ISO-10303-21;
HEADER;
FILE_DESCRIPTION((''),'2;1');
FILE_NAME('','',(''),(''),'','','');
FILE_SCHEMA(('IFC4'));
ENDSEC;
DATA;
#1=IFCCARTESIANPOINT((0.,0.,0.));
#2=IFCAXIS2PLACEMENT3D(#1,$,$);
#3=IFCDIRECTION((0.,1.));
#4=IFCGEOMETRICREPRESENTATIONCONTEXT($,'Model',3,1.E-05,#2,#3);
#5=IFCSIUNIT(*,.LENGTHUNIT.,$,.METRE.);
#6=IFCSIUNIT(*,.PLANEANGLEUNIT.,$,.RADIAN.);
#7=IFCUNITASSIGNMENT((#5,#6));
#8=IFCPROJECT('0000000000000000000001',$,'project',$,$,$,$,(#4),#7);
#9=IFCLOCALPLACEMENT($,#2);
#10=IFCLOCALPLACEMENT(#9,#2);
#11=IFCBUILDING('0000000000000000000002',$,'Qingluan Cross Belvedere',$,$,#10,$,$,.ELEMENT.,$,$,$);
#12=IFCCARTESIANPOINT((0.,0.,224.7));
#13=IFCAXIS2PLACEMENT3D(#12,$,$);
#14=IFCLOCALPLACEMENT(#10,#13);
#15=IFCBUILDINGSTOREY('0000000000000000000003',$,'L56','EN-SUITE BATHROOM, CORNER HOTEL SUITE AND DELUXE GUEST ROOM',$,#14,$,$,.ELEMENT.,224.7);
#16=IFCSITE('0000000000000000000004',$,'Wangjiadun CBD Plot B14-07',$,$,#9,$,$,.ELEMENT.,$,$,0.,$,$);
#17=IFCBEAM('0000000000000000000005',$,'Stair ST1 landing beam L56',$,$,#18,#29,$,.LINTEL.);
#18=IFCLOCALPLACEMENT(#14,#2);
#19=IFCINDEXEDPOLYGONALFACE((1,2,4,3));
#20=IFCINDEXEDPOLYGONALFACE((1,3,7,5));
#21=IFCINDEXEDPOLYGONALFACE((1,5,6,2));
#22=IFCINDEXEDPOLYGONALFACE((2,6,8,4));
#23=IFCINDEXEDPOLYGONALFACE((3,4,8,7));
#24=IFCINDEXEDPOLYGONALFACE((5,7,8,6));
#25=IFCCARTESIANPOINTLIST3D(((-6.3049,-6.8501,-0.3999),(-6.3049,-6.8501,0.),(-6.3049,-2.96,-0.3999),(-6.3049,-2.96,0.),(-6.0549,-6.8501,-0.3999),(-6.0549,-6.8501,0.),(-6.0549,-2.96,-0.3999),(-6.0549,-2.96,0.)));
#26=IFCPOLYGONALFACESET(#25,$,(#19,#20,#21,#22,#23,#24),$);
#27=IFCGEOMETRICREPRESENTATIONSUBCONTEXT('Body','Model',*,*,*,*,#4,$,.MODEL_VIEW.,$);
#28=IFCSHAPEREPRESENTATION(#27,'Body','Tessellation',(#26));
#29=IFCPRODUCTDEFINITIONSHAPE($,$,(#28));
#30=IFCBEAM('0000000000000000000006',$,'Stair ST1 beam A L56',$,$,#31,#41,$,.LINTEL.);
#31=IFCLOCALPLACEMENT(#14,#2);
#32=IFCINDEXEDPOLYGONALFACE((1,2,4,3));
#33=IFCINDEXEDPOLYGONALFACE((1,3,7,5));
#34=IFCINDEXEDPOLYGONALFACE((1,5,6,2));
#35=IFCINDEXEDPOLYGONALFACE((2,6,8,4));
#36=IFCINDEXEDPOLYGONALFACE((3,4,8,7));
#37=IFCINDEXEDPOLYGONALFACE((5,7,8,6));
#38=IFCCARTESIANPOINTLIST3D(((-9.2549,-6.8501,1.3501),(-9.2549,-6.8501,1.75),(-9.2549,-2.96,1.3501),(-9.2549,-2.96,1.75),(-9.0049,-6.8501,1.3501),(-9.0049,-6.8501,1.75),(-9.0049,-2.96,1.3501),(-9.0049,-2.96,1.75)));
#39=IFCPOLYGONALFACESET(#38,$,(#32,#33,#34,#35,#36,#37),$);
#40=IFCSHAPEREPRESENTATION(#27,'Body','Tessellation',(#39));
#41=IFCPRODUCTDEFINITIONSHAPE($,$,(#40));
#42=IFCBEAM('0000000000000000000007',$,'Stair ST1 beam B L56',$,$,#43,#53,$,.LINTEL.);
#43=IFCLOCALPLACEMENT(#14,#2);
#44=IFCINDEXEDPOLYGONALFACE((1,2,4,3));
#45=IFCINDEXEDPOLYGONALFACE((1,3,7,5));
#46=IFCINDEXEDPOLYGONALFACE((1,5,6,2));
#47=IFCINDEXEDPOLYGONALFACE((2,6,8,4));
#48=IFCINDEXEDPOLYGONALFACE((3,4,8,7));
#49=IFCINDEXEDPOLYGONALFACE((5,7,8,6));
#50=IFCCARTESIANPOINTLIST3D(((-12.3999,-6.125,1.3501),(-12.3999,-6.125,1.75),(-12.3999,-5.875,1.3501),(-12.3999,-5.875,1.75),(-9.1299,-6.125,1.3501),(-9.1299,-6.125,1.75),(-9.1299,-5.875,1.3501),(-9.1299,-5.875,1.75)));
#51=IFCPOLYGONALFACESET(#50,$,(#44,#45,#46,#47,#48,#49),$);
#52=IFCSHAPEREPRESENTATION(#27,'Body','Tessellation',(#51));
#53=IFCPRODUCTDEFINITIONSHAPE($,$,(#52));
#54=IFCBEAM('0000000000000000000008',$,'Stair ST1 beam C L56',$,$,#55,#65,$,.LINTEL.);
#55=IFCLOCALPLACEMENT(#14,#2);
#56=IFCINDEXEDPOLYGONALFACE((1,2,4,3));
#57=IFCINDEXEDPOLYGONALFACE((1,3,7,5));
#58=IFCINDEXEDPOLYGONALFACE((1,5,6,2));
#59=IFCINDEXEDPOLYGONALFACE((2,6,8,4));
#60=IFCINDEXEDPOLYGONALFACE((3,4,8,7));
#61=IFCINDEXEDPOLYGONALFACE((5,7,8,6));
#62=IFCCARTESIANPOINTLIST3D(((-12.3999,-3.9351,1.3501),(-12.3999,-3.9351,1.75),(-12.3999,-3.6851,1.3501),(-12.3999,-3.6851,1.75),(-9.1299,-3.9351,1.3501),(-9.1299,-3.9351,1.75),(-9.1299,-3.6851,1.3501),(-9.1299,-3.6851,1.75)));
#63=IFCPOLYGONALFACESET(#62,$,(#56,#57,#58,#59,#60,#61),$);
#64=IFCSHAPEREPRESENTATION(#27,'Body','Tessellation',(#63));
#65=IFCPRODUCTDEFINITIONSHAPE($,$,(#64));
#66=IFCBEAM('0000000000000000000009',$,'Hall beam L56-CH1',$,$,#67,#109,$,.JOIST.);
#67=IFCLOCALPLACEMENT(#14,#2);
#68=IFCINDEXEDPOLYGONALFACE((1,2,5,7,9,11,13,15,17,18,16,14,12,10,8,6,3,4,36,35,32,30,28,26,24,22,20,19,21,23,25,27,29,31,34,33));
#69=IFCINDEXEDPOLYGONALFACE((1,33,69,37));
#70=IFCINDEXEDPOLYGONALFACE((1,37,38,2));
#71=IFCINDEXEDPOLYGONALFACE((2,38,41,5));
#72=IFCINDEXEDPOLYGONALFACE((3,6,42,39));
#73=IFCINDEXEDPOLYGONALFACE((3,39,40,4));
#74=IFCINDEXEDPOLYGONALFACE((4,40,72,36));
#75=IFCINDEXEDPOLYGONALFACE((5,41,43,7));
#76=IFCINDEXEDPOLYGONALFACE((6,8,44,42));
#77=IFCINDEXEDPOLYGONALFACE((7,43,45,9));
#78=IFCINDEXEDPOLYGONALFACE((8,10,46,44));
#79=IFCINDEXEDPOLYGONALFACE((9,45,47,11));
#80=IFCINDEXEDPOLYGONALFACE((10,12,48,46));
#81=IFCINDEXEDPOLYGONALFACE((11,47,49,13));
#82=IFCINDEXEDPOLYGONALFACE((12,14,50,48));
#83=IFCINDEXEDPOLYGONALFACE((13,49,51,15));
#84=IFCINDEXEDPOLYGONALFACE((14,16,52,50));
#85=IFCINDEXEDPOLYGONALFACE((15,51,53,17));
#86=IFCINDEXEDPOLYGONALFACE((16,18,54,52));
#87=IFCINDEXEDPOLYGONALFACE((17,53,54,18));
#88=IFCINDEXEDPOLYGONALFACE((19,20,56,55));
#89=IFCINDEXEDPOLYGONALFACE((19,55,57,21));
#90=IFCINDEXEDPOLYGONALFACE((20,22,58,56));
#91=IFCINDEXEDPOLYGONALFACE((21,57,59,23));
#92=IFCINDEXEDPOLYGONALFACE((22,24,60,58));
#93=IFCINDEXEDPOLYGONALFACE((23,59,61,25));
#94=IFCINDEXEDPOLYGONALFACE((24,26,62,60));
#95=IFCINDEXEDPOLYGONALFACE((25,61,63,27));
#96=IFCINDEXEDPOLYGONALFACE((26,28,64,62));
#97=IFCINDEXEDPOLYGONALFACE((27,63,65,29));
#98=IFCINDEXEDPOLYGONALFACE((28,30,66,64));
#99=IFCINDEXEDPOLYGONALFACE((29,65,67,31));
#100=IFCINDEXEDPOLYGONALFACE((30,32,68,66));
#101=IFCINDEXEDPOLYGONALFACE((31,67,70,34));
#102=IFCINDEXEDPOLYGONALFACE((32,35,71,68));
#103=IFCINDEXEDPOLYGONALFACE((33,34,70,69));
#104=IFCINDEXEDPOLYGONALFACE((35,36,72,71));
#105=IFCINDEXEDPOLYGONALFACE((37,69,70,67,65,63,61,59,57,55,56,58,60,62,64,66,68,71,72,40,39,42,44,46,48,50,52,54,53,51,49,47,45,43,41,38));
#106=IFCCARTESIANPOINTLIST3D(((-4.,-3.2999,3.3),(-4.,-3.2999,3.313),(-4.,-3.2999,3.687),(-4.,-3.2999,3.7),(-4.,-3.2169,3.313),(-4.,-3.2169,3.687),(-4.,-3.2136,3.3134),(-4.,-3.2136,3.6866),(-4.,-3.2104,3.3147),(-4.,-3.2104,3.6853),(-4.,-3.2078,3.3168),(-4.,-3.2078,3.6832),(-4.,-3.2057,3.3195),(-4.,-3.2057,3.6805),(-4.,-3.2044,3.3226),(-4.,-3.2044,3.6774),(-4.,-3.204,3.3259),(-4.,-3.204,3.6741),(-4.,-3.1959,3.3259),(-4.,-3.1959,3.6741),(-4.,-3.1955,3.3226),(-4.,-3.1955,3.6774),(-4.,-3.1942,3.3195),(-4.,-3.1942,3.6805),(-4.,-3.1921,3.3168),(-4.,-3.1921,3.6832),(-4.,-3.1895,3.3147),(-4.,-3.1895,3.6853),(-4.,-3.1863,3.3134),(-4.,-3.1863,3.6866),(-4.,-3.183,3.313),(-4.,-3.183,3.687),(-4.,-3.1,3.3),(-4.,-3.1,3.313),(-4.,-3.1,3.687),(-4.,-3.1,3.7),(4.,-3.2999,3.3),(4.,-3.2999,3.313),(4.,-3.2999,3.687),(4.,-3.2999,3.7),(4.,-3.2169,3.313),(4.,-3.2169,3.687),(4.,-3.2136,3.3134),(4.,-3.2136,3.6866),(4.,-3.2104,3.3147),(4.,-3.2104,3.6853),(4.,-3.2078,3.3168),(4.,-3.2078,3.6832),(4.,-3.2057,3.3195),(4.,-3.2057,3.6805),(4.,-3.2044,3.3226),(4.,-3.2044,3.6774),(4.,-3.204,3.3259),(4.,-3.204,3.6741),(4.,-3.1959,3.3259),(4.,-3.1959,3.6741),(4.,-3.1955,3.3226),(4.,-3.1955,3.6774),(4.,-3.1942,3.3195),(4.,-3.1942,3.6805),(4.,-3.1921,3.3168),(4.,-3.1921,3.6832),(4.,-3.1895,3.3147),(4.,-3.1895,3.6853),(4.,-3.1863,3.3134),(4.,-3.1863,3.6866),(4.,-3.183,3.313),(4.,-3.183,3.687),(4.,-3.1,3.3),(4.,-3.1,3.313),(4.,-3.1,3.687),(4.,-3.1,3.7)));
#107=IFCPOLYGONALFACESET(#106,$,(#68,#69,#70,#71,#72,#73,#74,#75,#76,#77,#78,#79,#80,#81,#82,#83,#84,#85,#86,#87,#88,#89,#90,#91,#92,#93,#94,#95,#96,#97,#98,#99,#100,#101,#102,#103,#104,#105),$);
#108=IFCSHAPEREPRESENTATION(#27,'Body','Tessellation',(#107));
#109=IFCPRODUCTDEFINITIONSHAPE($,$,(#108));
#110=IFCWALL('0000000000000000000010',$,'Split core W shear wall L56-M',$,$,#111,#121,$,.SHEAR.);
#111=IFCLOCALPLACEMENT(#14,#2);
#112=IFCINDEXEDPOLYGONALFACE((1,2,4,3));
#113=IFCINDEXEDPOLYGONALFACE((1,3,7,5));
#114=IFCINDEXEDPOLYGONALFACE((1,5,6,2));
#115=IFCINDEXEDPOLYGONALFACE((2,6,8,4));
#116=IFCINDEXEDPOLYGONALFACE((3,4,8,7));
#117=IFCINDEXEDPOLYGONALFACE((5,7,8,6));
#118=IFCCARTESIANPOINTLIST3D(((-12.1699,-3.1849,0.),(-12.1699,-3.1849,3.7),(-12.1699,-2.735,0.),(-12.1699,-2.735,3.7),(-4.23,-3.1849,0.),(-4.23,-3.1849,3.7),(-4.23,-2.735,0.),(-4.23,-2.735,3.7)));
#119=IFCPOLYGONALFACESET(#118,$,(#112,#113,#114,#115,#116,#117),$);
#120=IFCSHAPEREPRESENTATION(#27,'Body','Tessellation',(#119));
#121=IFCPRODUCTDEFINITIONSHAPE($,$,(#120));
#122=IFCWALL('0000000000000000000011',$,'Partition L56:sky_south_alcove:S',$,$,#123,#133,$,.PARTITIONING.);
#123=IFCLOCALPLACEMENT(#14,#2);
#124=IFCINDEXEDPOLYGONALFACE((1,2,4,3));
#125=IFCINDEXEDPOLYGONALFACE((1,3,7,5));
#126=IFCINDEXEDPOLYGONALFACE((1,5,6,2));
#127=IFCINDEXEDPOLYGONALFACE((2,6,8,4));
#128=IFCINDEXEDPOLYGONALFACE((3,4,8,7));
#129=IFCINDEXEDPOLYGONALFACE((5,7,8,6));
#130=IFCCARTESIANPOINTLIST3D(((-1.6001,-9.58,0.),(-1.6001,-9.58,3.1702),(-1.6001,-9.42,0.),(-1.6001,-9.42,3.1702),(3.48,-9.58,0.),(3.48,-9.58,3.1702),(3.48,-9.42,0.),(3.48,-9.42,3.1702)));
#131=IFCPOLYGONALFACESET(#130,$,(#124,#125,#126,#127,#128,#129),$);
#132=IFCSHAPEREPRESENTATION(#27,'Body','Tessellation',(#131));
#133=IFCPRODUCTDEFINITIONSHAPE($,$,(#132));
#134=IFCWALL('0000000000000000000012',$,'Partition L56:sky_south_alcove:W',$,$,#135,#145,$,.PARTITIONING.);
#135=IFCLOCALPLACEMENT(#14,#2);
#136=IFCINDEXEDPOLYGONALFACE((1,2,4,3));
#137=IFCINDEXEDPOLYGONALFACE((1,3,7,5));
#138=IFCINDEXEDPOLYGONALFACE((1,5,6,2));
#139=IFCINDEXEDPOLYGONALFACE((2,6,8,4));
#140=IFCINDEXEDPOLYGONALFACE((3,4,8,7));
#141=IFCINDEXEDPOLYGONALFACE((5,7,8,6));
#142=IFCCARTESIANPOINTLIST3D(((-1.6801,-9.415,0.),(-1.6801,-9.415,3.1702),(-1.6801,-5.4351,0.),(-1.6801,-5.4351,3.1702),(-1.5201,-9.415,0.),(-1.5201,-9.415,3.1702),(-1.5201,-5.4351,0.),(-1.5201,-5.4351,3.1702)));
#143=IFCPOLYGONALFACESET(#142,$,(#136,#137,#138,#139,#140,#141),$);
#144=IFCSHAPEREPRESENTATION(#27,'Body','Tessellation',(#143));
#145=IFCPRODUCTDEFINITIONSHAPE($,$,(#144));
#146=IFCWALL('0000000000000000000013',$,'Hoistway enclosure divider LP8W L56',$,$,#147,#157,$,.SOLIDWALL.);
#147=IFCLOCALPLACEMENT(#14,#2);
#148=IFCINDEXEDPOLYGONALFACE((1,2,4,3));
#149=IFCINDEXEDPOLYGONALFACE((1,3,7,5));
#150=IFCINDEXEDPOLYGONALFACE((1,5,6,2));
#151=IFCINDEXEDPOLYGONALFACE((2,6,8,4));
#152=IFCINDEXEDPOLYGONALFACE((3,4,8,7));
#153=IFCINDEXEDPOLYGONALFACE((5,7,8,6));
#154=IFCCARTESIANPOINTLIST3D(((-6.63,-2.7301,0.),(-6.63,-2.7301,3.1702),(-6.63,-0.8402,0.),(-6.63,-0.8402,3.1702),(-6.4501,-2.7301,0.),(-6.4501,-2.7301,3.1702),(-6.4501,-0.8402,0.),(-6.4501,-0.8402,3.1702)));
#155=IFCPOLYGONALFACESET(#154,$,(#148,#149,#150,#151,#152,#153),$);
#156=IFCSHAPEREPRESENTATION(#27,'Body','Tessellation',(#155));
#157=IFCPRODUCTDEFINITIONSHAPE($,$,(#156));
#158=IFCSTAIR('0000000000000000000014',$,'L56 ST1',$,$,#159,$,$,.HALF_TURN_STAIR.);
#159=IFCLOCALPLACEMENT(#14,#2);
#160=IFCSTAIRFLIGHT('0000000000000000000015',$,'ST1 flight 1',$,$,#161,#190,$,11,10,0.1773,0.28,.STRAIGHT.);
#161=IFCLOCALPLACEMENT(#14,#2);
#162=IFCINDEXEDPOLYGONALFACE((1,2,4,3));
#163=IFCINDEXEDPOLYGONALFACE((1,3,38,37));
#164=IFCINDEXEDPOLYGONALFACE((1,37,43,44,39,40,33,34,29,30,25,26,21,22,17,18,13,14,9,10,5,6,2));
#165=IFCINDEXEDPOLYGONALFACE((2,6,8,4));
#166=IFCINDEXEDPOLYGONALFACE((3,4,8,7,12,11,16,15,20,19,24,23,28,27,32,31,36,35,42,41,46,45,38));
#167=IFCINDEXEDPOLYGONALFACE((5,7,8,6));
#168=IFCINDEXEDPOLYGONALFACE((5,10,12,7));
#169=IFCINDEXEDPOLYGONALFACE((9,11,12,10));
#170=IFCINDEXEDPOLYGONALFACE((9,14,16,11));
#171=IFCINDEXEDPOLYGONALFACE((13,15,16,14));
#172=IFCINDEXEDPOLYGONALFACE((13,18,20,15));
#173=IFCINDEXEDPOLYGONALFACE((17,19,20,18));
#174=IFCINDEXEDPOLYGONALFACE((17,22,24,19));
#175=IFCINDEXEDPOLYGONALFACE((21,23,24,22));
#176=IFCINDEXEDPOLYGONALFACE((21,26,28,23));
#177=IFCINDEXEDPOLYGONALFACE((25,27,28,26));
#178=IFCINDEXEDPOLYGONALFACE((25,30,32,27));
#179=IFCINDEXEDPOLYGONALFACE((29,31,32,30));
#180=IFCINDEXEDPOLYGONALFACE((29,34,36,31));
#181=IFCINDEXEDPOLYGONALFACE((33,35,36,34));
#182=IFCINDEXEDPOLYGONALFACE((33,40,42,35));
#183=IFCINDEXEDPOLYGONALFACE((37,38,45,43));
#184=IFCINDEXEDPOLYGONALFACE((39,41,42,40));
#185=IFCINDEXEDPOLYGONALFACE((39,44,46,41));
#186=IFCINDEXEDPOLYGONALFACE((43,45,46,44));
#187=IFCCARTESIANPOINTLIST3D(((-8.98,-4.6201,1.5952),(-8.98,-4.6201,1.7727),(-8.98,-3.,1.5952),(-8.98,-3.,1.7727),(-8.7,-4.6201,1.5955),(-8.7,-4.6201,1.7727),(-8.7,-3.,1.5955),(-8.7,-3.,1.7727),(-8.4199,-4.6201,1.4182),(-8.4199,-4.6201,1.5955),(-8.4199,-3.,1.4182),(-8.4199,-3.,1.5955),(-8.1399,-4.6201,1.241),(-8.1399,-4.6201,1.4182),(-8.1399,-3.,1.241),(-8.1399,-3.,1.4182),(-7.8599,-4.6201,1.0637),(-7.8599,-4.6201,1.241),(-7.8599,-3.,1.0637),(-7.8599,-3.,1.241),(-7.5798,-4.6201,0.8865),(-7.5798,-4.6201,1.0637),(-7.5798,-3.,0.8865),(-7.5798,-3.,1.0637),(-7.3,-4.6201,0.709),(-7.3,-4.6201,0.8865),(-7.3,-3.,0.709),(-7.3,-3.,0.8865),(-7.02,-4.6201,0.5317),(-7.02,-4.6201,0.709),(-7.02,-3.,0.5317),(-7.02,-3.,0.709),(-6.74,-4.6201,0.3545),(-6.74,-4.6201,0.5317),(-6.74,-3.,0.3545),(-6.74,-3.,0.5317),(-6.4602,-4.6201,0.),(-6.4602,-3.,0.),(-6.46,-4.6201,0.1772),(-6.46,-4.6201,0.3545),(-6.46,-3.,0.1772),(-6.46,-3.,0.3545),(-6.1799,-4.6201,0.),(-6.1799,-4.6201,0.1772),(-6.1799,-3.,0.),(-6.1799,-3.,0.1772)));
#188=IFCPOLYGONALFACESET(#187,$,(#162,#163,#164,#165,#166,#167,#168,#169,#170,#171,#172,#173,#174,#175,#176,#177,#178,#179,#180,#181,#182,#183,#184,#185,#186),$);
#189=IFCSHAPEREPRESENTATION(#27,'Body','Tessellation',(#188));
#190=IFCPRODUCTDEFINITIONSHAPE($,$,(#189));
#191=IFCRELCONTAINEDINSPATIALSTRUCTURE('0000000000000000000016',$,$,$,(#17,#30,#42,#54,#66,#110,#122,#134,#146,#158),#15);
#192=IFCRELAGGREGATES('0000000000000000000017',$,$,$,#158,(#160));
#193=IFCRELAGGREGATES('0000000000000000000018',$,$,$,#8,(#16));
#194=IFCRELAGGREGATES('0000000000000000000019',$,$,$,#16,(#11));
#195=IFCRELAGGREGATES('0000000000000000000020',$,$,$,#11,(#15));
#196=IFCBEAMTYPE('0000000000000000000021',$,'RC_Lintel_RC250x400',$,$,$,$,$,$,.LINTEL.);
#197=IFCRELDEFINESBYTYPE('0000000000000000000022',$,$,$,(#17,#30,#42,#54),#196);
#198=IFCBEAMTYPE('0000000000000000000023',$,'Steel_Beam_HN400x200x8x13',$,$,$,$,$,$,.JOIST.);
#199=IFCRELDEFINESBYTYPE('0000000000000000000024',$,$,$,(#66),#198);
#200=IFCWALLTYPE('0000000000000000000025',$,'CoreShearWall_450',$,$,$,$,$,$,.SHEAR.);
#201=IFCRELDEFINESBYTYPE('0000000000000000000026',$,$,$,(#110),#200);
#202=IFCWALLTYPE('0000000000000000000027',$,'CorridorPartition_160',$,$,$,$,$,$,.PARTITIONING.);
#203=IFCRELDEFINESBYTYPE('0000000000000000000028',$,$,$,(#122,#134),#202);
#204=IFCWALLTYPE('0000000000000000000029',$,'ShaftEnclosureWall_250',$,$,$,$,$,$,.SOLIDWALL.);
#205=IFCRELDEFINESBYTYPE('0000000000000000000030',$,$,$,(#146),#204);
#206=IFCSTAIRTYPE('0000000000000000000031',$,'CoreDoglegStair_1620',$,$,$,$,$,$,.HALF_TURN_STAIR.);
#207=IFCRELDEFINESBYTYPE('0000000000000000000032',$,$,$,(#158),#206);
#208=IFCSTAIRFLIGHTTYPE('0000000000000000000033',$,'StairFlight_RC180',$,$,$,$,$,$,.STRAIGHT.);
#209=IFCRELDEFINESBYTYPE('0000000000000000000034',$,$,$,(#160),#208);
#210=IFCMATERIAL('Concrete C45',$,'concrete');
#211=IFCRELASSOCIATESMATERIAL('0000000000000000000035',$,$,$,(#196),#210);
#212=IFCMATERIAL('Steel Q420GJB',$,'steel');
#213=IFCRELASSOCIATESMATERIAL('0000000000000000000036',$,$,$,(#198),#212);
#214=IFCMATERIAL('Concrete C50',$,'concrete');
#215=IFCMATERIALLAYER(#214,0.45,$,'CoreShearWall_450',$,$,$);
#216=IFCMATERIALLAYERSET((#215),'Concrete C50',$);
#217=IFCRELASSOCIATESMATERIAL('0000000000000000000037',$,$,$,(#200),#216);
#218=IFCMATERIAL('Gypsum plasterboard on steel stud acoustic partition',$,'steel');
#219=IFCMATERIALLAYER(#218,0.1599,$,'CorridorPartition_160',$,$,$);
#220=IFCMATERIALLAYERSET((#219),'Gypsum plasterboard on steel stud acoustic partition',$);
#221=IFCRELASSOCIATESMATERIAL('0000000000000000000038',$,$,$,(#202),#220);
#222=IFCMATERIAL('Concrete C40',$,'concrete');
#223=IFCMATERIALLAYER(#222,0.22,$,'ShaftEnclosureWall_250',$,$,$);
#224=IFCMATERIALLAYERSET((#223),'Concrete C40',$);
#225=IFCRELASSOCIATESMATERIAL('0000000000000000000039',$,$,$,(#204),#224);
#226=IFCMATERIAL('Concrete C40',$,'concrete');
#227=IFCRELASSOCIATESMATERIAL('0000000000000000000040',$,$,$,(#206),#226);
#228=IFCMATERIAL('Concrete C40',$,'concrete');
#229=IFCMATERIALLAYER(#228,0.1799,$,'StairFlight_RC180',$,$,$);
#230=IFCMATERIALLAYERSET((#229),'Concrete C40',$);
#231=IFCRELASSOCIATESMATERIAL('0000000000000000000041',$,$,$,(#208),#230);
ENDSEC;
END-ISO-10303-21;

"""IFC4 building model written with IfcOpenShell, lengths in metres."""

from ifc_helpers import new_model, si_unit, direction, frame, frame_2d, origin, origin_2d, place, context, subcontext, project, spatial, polyline, rectangle, i_section, outline, extrude, material, layer, layer_set, material_profile, profile_set, type_object, element, aggregate, save


model = new_model("IFC4")

# Units and contexts
model_context = context("Model", 3, precision=1e-05, world=origin(), true_north=direction((0.0, 1.0)))
body_context = subcontext(model_context, "Body", "Model", "MODEL_VIEW")
ifc_project = project(units=[si_unit("LENGTHUNIT", "METRE"), si_unit("PLANEANGLEUNIT", "RADIAN")], contexts=[model_context])

# Site, building, storey
site_placement = place(None, origin())
site = spatial("IfcSite", under=ifc_project, at=site_placement, Name="Wangjiadun CBD Plot B14-07", CompositionType="ELEMENT", RefElevation=0.0)
building_placement = place(site_placement, origin())
building = spatial("IfcBuilding", under=site, at=building_placement, Name="Qingluan Cross Belvedere", CompositionType="ELEMENT")
storey_placement = place(building_placement, frame((0.0, 0.0, 224.7)))
storey = spatial("IfcBuildingStorey", under=building, at=storey_placement, Name="L56", Description="EN-SUITE BATHROOM, CORNER HOTEL SUITE AND DELUXE GUEST ROOM", CompositionType="ELEMENT", Elevation=224.7)

# Beams
ifc_material_1 = material(Name="Concrete C45", Category="concrete")
ifc_material_profile_1 = material_profile(ifc_material_1, rectangle(XDim=0.25, YDim=0.3999, at=origin_2d()), Name="RC250x400")
ifc_profile_set_1 = profile_set([ifc_material_profile_1], Name="Concrete C45")
beam_type_1 = type_object("IfcBeamType", Name="RC_Lintel_RC250x400", PredefinedType="LINTEL", material=ifc_profile_set_1)
for number, where, z_axis, x_axis, name in (
    (1, (-6.1799, -6.8501, -0.2), (0.0, 1.0, 0.0), (-1.0, 0.0, 0.0), "Stair ST1 landing beam L56"),
    (2, (-9.1299, -6.8501, 1.55), (0.0, 1.0, 0.0), (-1.0, 0.0, 0.0), "Stair ST1 beam A L56"),
):
    element("IfcBeam", number, at=place(storey_placement, frame(where, z_axis=z_axis, x_axis=x_axis)), inside=storey, type_object=beam_type_1, Name=name, PredefinedType="LINTEL", context=body_context, shape_type="SweptSolid", body=[
        extrude(rectangle(XDim=0.25, YDim=0.3999, at=origin_2d()), origin(), (0.0, 0.0, 1.0), 3.8901),
    ])
for number, where, z_axis, x_axis, name in (
    (3, (-12.3999, -6.0, 1.55), (1.0, 0.0, 0.0), (0.0, 1.0, 0.0), "Stair ST1 beam B L56"),
    (4, (-12.3999, -3.8101, 1.55), (1.0, 0.0, 0.0), (0.0, 1.0, 0.0), "Stair ST1 beam C L56"),
):
    element("IfcBeam", number, at=place(storey_placement, frame(where, z_axis=z_axis, x_axis=x_axis)), inside=storey, type_object=beam_type_1, Name=name, PredefinedType="LINTEL", context=body_context, shape_type="SweptSolid", body=[
        extrude(rectangle(XDim=0.25, YDim=0.3999, at=origin_2d()), origin(), (0.0, 0.0, 1.0), 3.27),
    ])
ifc_material_2 = material(Name="Steel Q420GJB", Category="steel")
ifc_material_profile_2 = material_profile(ifc_material_2, i_section(OverallWidth=0.2, OverallDepth=0.3999, WebThickness=0.0081, FlangeThickness=0.0129, FilletRadius=0.0129, at=origin_2d()), Name="HN400x200x8x13")
ifc_profile_set_2 = profile_set([ifc_material_profile_2], Name="Steel Q420GJB")
beam_type_2 = type_object("IfcBeamType", Name="Steel_Beam_HN400x200x8x13", PredefinedType="JOIST", material=ifc_profile_set_2)
beam_placement = place(storey_placement, frame((-4.0, -3.2, 3.5), z_axis=(1.0, 0.0, 0.0), x_axis=(0.0, 1.0, 0.0)))
element("IfcBeam", 5, at=beam_placement, inside=storey, type_object=beam_type_2, Name="Hall beam L56-CH1", PredefinedType="JOIST", context=body_context, shape_type="SweptSolid", body=[
    extrude(i_section(OverallWidth=0.2, OverallDepth=0.3999, WebThickness=0.0081, FlangeThickness=0.0129, FilletRadius=0.0129, at=origin_2d()), origin(), (0.0, 0.0, 1.0), 8.0),
])

# Shared definitions
ifc_material_3 = material(Name="Concrete C50", Category="concrete")
ifc_layer_1 = layer(ifc_material_3, 0.45, Name="CoreShearWall_450")
ifc_layer_set_1 = layer_set([ifc_layer_1], Name="Concrete C50")
wall_type_1 = type_object("IfcWallType", Name="CoreShearWall_450", PredefinedType="SHEAR", material=ifc_layer_set_1)

# Wall
wall_1_placement = place(storey_placement, frame((-12.1699, -2.96, 0.0), z_axis=(0.0, 0.0, 1.0), x_axis=(1.0, 0.0, 0.0)))
element("IfcWall", 6, at=wall_1_placement, inside=storey, type_object=wall_type_1, Name="Split core W shear wall L56-M", PredefinedType="SHEAR", context=body_context, shape_type="SweptSolid", body=[
    extrude(rectangle(XDim=7.9399, YDim=0.45, at=frame_2d((3.97, 0.0))), origin(), (0.0, 0.0, 1.0), 3.7),
])

# Shared definitions
ifc_material_4 = material(Name="Gypsum plasterboard on steel stud acoustic partition", Category="steel")
ifc_layer_2 = layer(ifc_material_4, 0.1599, Name="CorridorPartition_160")
ifc_layer_set_2 = layer_set([ifc_layer_2], Name="Gypsum plasterboard on steel stud acoustic partition")
wall_type_2 = type_object("IfcWallType", Name="CorridorPartition_160", PredefinedType="PARTITIONING", material=ifc_layer_set_2)

# Walls
wall_2_placement = place(storey_placement, frame((-1.6001, -9.5, 0.0), z_axis=(0.0, 0.0, 1.0), x_axis=(1.0, 0.0, 0.0)))
element("IfcWall", 7, at=wall_2_placement, inside=storey, type_object=wall_type_2, Name="Partition L56:sky_south_alcove:S", PredefinedType="PARTITIONING", context=body_context, shape_type="SweptSolid", body=[
    extrude(rectangle(XDim=5.0801, YDim=0.1599, at=frame_2d((2.54, 0.0))), origin(), (0.0, 0.0, 1.0), 3.1702),
])
wall_3_placement = place(storey_placement, frame((-1.6001, -9.415, 0.0), z_axis=(0.0, 0.0, 1.0), x_axis=(0.0, 1.0, 0.0)))
element("IfcWall", 8, at=wall_3_placement, inside=storey, type_object=wall_type_2, Name="Partition L56:sky_south_alcove:W", PredefinedType="PARTITIONING", context=body_context, shape_type="SweptSolid", body=[
    extrude(rectangle(XDim=3.98, YDim=0.1599, at=frame_2d((1.99, 0.0))), origin(), (0.0, 0.0, 1.0), 3.1702),
])

# Wall
ifc_material_5 = material(Name="Concrete C40", Category="concrete")
ifc_layer_3 = layer(ifc_material_5, 0.22, Name="ShaftEnclosureWall_250")
ifc_layer_set_3 = layer_set([ifc_layer_3], Name="Concrete C40")
wall_type_3 = type_object("IfcWallType", Name="ShaftEnclosureWall_250", PredefinedType="SOLIDWALL", material=ifc_layer_set_3)
wall_4_placement = place(storey_placement, frame((-6.54, -2.73, 0.0), z_axis=(0.0, 0.0, 1.0), x_axis=(0.0, 1.0, 0.0)))
element("IfcWall", 9, at=wall_4_placement, inside=storey, type_object=wall_type_3, Name="Hoistway enclosure divider LP8W L56", PredefinedType="SOLIDWALL", context=body_context, shape_type="SweptSolid", body=[
    extrude(rectangle(XDim=1.8899, YDim=0.1799, at=frame_2d((0.9448, 0.0))), origin(), (0.0, 0.0, 1.0), 3.1702),
])

# Stair, stair flight
ifc_material_6 = material(Name="Concrete C40", Category="concrete")
stair_type = type_object("IfcStairType", Name="CoreDoglegStair_1620", PredefinedType="HALF_TURN_STAIR", material=ifc_material_6)
stair_placement = place(storey_placement, origin())
stair = element("IfcStair", 10, at=stair_placement, inside=storey, type_object=stair_type, Name="L56 ST1", PredefinedType="HALF_TURN_STAIR")
ifc_material_7 = material(Name="Concrete C40", Category="concrete")
ifc_layer_4 = layer(ifc_material_7, 0.1799, Name="StairFlight_RC180")
ifc_layer_set_4 = layer_set([ifc_layer_4], Name="Concrete C40")
stair_flight_type = type_object("IfcStairFlightType", Name="StairFlight_RC180", PredefinedType="STRAIGHT", material=ifc_layer_set_4)
stair_flight_1_placement = place(storey_placement, frame((-6.1799, -3.8101, 0.0), z_axis=(0.0, 0.0, 1.0), x_axis=(-1.0, 0.0, 0.0)))
stair_flight_1 = element("IfcStairFlight", 11, at=stair_flight_1_placement, type_object=stair_flight_type, Name="ST1 flight 1", NumberOfRisers=11, NumberOfTreads=10, PredefinedType="STRAIGHT", RiserHeight=0.1773, TreadLength=0.28, context=body_context, shape_type="SweptSolid", body=[
    extrude(outline(polyline([(0.0, 0.0), (0.0, 0.1772), (0.28, 0.1772), (0.28, 0.3545), (0.5601, 0.3545), (0.5601, 0.5317), (0.8401, 0.5317), (0.8401, 0.709), (1.1201, 0.709), (1.1201, 0.8865), (1.3999, 0.8865), (1.3999, 1.0637), (1.6799, 1.0637), (1.6799, 1.241), (1.96, 1.241), (1.96, 1.4182), (2.24, 1.4182), (2.24, 1.5955), (2.52, 1.5955), (2.52, 1.7727), (2.8, 1.7727), (2.8, 1.95), (2.8, 1.5952), (0.2803, 0.0), (0.0, 0.0)])), frame((0.0, 0.8101, 0.0), z_axis=(0.0, -1.0, 0.0), x_axis=(1.0, 0.0, 0.0)), (0.0, 0.0, 1.0), 1.6201),
])
aggregate(stair, [stair_flight_1])

save(model, "model.ifc")
